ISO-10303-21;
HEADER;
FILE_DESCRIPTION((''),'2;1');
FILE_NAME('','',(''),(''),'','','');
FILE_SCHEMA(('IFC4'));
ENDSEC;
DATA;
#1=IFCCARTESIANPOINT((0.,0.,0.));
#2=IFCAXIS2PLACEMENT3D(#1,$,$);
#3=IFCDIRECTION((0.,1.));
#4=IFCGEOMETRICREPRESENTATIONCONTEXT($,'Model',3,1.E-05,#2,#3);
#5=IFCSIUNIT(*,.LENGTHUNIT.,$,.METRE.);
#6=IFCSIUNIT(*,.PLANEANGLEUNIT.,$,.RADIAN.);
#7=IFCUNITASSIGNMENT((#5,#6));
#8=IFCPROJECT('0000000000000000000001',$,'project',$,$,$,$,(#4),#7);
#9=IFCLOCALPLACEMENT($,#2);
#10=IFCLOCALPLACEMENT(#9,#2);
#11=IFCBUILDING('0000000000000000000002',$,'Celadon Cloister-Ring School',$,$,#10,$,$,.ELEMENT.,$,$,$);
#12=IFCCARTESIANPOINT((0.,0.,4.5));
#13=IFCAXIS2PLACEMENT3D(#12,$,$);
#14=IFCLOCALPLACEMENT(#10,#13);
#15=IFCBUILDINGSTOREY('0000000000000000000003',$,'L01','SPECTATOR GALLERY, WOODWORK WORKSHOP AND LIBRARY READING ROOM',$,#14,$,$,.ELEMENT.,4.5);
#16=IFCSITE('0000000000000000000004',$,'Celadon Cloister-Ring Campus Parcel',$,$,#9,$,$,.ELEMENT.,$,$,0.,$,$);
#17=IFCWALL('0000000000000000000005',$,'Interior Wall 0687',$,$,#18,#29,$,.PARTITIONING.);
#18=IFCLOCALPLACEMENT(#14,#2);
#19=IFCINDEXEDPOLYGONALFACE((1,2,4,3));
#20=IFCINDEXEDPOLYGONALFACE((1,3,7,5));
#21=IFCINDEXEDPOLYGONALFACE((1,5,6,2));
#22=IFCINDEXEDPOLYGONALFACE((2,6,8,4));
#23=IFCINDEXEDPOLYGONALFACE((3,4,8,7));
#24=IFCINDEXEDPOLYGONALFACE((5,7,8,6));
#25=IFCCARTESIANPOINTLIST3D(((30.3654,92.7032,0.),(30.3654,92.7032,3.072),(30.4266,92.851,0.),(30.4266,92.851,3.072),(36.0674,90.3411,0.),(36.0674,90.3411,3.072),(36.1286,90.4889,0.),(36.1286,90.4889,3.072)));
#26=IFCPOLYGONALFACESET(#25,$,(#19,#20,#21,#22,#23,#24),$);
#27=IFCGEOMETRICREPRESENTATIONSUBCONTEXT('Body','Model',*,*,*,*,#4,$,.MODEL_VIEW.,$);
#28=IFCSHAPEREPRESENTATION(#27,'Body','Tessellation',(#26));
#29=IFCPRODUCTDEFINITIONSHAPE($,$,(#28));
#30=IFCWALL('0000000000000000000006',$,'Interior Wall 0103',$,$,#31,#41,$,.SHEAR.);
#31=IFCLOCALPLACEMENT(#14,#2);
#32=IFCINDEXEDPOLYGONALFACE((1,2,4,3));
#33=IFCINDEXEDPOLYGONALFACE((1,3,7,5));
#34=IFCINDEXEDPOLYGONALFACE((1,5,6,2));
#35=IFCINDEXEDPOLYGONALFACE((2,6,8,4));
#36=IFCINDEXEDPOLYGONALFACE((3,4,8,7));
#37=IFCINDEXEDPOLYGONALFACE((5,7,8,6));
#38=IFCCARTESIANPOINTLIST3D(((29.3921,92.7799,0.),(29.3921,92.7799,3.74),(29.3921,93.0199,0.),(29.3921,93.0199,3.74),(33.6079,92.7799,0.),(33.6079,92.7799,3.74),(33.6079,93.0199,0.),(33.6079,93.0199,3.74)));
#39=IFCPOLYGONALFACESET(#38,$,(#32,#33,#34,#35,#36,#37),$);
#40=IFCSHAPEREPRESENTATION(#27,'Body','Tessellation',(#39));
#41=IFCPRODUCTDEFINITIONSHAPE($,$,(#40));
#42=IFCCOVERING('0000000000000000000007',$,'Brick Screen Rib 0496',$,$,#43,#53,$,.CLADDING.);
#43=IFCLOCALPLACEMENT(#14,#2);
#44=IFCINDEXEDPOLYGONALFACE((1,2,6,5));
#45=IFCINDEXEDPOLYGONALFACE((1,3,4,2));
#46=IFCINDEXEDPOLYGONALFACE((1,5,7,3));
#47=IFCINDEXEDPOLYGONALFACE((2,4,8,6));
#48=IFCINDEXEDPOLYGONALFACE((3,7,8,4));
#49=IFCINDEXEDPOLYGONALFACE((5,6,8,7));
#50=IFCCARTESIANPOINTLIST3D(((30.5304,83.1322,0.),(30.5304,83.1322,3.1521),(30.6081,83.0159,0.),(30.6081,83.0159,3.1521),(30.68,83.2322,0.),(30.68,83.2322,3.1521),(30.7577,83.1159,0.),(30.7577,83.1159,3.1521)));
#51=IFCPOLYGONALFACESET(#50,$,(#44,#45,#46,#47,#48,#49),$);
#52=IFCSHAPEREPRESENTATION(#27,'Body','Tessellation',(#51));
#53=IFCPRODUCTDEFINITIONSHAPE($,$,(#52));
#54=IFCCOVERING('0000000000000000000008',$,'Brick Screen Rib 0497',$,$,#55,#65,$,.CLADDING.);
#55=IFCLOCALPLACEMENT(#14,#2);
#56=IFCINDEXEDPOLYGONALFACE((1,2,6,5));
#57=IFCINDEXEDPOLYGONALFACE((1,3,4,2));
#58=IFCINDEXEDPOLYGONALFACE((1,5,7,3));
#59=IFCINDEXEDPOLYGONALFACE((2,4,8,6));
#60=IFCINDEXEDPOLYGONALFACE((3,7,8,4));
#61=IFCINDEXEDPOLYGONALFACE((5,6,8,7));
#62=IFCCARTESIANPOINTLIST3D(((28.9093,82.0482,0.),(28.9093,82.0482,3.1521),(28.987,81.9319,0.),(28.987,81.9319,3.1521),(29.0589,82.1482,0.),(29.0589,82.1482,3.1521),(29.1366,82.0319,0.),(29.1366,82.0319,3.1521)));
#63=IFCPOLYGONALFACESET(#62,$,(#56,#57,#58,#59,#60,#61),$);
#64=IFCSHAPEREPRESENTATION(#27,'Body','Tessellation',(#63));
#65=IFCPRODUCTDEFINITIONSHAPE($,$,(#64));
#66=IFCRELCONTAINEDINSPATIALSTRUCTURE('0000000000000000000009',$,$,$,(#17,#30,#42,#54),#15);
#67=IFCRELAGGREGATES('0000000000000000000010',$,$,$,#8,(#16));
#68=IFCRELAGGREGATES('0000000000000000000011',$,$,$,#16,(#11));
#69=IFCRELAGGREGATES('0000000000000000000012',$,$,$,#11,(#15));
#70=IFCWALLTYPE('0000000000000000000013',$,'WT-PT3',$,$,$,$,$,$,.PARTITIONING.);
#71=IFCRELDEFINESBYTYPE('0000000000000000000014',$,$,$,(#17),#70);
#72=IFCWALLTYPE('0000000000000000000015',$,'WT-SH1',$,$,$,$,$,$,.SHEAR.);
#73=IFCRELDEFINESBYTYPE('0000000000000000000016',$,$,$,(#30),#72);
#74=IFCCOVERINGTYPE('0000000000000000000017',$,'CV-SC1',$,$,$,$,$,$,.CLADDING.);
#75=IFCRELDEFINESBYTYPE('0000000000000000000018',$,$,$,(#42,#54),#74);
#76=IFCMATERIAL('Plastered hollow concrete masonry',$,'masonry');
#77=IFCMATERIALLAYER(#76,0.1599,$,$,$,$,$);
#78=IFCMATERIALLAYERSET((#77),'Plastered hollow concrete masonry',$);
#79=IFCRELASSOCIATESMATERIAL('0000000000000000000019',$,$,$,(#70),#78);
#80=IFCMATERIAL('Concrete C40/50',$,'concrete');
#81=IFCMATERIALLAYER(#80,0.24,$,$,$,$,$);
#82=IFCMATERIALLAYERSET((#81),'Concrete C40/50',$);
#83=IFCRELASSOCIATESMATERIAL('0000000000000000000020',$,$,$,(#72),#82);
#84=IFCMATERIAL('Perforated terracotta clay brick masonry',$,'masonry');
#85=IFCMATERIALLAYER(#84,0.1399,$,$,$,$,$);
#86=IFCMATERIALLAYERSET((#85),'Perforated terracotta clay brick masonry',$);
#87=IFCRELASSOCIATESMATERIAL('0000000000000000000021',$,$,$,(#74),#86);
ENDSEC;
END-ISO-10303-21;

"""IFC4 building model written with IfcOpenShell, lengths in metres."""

from ifc_helpers import new_model, si_unit, direction, frame, frame_2d, origin, origin_2d, place, context, subcontext, project, spatial, rectangle, extrude, material, layer, layer_set, type_object, element, save


model = new_model("IFC4")

# Units and contexts
model_context = context("Model", 3, precision=1e-05, world=origin(), true_north=direction((0.0, 1.0)))
body_context = subcontext(model_context, "Body", "Model", "MODEL_VIEW")
ifc_project = project(units=[si_unit("LENGTHUNIT", "METRE"), si_unit("PLANEANGLEUNIT", "RADIAN")], contexts=[model_context])

# Site, building, storey
site_placement = place(None, origin())
site = spatial("IfcSite", under=ifc_project, at=site_placement, Name="Celadon Cloister-Ring Campus Parcel", CompositionType="ELEMENT", RefElevation=0.0)
building_placement = place(site_placement, origin())
building = spatial("IfcBuilding", under=site, at=building_placement, Name="Celadon Cloister-Ring School", CompositionType="ELEMENT")
storey_placement = place(building_placement, frame((0.0, 0.0, 4.5)))
storey = spatial("IfcBuildingStorey", under=building, at=storey_placement, Name="L01", Description="SPECTATOR GALLERY, WOODWORK WORKSHOP AND LIBRARY READING ROOM", CompositionType="ELEMENT", Elevation=4.5)

# Walls
ifc_material_1 = material(Name="Plastered hollow concrete masonry", Category="masonry")
ifc_layer_1 = layer(ifc_material_1, 0.1599)
ifc_layer_set_1 = layer_set([ifc_layer_1], Name="Plastered hollow concrete masonry")
wall_type_1 = type_object("IfcWallType", Name="WT-PT3", PredefinedType="PARTITIONING", material=ifc_layer_set_1)
wall_1_placement = place(storey_placement, frame((30.396, 92.7771, 0.0), z_axis=(0.0, 0.0, 1.0), x_axis=(0.923865, -0.382719, 0.0)))
element("IfcWall", 1, at=wall_1_placement, inside=storey, type_object=wall_type_1, Name="Interior Wall 0687", PredefinedType="PARTITIONING", context=body_context, shape_type="SweptSolid", body=[
    extrude(rectangle(XDim=6.1719, YDim=0.1599, at=frame_2d((3.0859, 0.0))), origin(), (0.0, 0.0, 1.0), 3.072),
])
ifc_material_2 = material(Name="Concrete C40/50", Category="concrete")
ifc_layer_2 = layer(ifc_material_2, 0.24)
ifc_layer_set_2 = layer_set([ifc_layer_2], Name="Concrete C40/50")
wall_type_2 = type_object("IfcWallType", Name="WT-SH1", PredefinedType="SHEAR", material=ifc_layer_set_2)
wall_2_placement = place(storey_placement, frame((33.6079, 92.8999, 0.0), z_axis=(0.0, 0.0, 1.0), x_axis=(-1.0, 0.0, 0.0)))
element("IfcWall", 2, at=wall_2_placement, inside=storey, type_object=wall_type_2, Name="Interior Wall 0103", PredefinedType="SHEAR", context=body_context, shape_type="SweptSolid", body=[
    extrude(rectangle(XDim=4.2158, YDim=0.24, at=frame_2d((2.1079, 0.0))), origin(), (0.0, 0.0, 1.0), 3.74),
])

# Coverings
ifc_material_3 = material(Name="Perforated terracotta clay brick masonry", Category="masonry")
ifc_layer_3 = layer(ifc_material_3, 0.1399)
ifc_layer_set_3 = layer_set([ifc_layer_3], Name="Perforated terracotta clay brick masonry")
covering_type = type_object("IfcCoveringType", Name="CV-SC1", PredefinedType="CLADDING", material=ifc_layer_set_3)
for number, where, z_axis, x_axis, name in (
    (3, (30.644, 83.124, 0.0), (0.0, 0.0, 1.0), (-0.831402, -0.555672, 0.0), "Brick Screen Rib 0496"),
    (4, (29.0229, 82.04, 0.0), (0.0, 0.0, 1.0), (-0.831402, -0.555672, 0.0), "Brick Screen Rib 0497"),
):
    element("IfcCovering", number, at=place(storey_placement, frame(where, z_axis=z_axis, x_axis=x_axis)), inside=storey, type_object=covering_type, Name=name, PredefinedType="CLADDING", context=body_context, shape_type="SweptSolid", body=[
        extrude(rectangle(XDim=0.1799, YDim=0.1399, at=origin_2d()), origin(), (0.0, 0.0, 1.0), 3.1521),
    ])

save(model, "model.ifc")
